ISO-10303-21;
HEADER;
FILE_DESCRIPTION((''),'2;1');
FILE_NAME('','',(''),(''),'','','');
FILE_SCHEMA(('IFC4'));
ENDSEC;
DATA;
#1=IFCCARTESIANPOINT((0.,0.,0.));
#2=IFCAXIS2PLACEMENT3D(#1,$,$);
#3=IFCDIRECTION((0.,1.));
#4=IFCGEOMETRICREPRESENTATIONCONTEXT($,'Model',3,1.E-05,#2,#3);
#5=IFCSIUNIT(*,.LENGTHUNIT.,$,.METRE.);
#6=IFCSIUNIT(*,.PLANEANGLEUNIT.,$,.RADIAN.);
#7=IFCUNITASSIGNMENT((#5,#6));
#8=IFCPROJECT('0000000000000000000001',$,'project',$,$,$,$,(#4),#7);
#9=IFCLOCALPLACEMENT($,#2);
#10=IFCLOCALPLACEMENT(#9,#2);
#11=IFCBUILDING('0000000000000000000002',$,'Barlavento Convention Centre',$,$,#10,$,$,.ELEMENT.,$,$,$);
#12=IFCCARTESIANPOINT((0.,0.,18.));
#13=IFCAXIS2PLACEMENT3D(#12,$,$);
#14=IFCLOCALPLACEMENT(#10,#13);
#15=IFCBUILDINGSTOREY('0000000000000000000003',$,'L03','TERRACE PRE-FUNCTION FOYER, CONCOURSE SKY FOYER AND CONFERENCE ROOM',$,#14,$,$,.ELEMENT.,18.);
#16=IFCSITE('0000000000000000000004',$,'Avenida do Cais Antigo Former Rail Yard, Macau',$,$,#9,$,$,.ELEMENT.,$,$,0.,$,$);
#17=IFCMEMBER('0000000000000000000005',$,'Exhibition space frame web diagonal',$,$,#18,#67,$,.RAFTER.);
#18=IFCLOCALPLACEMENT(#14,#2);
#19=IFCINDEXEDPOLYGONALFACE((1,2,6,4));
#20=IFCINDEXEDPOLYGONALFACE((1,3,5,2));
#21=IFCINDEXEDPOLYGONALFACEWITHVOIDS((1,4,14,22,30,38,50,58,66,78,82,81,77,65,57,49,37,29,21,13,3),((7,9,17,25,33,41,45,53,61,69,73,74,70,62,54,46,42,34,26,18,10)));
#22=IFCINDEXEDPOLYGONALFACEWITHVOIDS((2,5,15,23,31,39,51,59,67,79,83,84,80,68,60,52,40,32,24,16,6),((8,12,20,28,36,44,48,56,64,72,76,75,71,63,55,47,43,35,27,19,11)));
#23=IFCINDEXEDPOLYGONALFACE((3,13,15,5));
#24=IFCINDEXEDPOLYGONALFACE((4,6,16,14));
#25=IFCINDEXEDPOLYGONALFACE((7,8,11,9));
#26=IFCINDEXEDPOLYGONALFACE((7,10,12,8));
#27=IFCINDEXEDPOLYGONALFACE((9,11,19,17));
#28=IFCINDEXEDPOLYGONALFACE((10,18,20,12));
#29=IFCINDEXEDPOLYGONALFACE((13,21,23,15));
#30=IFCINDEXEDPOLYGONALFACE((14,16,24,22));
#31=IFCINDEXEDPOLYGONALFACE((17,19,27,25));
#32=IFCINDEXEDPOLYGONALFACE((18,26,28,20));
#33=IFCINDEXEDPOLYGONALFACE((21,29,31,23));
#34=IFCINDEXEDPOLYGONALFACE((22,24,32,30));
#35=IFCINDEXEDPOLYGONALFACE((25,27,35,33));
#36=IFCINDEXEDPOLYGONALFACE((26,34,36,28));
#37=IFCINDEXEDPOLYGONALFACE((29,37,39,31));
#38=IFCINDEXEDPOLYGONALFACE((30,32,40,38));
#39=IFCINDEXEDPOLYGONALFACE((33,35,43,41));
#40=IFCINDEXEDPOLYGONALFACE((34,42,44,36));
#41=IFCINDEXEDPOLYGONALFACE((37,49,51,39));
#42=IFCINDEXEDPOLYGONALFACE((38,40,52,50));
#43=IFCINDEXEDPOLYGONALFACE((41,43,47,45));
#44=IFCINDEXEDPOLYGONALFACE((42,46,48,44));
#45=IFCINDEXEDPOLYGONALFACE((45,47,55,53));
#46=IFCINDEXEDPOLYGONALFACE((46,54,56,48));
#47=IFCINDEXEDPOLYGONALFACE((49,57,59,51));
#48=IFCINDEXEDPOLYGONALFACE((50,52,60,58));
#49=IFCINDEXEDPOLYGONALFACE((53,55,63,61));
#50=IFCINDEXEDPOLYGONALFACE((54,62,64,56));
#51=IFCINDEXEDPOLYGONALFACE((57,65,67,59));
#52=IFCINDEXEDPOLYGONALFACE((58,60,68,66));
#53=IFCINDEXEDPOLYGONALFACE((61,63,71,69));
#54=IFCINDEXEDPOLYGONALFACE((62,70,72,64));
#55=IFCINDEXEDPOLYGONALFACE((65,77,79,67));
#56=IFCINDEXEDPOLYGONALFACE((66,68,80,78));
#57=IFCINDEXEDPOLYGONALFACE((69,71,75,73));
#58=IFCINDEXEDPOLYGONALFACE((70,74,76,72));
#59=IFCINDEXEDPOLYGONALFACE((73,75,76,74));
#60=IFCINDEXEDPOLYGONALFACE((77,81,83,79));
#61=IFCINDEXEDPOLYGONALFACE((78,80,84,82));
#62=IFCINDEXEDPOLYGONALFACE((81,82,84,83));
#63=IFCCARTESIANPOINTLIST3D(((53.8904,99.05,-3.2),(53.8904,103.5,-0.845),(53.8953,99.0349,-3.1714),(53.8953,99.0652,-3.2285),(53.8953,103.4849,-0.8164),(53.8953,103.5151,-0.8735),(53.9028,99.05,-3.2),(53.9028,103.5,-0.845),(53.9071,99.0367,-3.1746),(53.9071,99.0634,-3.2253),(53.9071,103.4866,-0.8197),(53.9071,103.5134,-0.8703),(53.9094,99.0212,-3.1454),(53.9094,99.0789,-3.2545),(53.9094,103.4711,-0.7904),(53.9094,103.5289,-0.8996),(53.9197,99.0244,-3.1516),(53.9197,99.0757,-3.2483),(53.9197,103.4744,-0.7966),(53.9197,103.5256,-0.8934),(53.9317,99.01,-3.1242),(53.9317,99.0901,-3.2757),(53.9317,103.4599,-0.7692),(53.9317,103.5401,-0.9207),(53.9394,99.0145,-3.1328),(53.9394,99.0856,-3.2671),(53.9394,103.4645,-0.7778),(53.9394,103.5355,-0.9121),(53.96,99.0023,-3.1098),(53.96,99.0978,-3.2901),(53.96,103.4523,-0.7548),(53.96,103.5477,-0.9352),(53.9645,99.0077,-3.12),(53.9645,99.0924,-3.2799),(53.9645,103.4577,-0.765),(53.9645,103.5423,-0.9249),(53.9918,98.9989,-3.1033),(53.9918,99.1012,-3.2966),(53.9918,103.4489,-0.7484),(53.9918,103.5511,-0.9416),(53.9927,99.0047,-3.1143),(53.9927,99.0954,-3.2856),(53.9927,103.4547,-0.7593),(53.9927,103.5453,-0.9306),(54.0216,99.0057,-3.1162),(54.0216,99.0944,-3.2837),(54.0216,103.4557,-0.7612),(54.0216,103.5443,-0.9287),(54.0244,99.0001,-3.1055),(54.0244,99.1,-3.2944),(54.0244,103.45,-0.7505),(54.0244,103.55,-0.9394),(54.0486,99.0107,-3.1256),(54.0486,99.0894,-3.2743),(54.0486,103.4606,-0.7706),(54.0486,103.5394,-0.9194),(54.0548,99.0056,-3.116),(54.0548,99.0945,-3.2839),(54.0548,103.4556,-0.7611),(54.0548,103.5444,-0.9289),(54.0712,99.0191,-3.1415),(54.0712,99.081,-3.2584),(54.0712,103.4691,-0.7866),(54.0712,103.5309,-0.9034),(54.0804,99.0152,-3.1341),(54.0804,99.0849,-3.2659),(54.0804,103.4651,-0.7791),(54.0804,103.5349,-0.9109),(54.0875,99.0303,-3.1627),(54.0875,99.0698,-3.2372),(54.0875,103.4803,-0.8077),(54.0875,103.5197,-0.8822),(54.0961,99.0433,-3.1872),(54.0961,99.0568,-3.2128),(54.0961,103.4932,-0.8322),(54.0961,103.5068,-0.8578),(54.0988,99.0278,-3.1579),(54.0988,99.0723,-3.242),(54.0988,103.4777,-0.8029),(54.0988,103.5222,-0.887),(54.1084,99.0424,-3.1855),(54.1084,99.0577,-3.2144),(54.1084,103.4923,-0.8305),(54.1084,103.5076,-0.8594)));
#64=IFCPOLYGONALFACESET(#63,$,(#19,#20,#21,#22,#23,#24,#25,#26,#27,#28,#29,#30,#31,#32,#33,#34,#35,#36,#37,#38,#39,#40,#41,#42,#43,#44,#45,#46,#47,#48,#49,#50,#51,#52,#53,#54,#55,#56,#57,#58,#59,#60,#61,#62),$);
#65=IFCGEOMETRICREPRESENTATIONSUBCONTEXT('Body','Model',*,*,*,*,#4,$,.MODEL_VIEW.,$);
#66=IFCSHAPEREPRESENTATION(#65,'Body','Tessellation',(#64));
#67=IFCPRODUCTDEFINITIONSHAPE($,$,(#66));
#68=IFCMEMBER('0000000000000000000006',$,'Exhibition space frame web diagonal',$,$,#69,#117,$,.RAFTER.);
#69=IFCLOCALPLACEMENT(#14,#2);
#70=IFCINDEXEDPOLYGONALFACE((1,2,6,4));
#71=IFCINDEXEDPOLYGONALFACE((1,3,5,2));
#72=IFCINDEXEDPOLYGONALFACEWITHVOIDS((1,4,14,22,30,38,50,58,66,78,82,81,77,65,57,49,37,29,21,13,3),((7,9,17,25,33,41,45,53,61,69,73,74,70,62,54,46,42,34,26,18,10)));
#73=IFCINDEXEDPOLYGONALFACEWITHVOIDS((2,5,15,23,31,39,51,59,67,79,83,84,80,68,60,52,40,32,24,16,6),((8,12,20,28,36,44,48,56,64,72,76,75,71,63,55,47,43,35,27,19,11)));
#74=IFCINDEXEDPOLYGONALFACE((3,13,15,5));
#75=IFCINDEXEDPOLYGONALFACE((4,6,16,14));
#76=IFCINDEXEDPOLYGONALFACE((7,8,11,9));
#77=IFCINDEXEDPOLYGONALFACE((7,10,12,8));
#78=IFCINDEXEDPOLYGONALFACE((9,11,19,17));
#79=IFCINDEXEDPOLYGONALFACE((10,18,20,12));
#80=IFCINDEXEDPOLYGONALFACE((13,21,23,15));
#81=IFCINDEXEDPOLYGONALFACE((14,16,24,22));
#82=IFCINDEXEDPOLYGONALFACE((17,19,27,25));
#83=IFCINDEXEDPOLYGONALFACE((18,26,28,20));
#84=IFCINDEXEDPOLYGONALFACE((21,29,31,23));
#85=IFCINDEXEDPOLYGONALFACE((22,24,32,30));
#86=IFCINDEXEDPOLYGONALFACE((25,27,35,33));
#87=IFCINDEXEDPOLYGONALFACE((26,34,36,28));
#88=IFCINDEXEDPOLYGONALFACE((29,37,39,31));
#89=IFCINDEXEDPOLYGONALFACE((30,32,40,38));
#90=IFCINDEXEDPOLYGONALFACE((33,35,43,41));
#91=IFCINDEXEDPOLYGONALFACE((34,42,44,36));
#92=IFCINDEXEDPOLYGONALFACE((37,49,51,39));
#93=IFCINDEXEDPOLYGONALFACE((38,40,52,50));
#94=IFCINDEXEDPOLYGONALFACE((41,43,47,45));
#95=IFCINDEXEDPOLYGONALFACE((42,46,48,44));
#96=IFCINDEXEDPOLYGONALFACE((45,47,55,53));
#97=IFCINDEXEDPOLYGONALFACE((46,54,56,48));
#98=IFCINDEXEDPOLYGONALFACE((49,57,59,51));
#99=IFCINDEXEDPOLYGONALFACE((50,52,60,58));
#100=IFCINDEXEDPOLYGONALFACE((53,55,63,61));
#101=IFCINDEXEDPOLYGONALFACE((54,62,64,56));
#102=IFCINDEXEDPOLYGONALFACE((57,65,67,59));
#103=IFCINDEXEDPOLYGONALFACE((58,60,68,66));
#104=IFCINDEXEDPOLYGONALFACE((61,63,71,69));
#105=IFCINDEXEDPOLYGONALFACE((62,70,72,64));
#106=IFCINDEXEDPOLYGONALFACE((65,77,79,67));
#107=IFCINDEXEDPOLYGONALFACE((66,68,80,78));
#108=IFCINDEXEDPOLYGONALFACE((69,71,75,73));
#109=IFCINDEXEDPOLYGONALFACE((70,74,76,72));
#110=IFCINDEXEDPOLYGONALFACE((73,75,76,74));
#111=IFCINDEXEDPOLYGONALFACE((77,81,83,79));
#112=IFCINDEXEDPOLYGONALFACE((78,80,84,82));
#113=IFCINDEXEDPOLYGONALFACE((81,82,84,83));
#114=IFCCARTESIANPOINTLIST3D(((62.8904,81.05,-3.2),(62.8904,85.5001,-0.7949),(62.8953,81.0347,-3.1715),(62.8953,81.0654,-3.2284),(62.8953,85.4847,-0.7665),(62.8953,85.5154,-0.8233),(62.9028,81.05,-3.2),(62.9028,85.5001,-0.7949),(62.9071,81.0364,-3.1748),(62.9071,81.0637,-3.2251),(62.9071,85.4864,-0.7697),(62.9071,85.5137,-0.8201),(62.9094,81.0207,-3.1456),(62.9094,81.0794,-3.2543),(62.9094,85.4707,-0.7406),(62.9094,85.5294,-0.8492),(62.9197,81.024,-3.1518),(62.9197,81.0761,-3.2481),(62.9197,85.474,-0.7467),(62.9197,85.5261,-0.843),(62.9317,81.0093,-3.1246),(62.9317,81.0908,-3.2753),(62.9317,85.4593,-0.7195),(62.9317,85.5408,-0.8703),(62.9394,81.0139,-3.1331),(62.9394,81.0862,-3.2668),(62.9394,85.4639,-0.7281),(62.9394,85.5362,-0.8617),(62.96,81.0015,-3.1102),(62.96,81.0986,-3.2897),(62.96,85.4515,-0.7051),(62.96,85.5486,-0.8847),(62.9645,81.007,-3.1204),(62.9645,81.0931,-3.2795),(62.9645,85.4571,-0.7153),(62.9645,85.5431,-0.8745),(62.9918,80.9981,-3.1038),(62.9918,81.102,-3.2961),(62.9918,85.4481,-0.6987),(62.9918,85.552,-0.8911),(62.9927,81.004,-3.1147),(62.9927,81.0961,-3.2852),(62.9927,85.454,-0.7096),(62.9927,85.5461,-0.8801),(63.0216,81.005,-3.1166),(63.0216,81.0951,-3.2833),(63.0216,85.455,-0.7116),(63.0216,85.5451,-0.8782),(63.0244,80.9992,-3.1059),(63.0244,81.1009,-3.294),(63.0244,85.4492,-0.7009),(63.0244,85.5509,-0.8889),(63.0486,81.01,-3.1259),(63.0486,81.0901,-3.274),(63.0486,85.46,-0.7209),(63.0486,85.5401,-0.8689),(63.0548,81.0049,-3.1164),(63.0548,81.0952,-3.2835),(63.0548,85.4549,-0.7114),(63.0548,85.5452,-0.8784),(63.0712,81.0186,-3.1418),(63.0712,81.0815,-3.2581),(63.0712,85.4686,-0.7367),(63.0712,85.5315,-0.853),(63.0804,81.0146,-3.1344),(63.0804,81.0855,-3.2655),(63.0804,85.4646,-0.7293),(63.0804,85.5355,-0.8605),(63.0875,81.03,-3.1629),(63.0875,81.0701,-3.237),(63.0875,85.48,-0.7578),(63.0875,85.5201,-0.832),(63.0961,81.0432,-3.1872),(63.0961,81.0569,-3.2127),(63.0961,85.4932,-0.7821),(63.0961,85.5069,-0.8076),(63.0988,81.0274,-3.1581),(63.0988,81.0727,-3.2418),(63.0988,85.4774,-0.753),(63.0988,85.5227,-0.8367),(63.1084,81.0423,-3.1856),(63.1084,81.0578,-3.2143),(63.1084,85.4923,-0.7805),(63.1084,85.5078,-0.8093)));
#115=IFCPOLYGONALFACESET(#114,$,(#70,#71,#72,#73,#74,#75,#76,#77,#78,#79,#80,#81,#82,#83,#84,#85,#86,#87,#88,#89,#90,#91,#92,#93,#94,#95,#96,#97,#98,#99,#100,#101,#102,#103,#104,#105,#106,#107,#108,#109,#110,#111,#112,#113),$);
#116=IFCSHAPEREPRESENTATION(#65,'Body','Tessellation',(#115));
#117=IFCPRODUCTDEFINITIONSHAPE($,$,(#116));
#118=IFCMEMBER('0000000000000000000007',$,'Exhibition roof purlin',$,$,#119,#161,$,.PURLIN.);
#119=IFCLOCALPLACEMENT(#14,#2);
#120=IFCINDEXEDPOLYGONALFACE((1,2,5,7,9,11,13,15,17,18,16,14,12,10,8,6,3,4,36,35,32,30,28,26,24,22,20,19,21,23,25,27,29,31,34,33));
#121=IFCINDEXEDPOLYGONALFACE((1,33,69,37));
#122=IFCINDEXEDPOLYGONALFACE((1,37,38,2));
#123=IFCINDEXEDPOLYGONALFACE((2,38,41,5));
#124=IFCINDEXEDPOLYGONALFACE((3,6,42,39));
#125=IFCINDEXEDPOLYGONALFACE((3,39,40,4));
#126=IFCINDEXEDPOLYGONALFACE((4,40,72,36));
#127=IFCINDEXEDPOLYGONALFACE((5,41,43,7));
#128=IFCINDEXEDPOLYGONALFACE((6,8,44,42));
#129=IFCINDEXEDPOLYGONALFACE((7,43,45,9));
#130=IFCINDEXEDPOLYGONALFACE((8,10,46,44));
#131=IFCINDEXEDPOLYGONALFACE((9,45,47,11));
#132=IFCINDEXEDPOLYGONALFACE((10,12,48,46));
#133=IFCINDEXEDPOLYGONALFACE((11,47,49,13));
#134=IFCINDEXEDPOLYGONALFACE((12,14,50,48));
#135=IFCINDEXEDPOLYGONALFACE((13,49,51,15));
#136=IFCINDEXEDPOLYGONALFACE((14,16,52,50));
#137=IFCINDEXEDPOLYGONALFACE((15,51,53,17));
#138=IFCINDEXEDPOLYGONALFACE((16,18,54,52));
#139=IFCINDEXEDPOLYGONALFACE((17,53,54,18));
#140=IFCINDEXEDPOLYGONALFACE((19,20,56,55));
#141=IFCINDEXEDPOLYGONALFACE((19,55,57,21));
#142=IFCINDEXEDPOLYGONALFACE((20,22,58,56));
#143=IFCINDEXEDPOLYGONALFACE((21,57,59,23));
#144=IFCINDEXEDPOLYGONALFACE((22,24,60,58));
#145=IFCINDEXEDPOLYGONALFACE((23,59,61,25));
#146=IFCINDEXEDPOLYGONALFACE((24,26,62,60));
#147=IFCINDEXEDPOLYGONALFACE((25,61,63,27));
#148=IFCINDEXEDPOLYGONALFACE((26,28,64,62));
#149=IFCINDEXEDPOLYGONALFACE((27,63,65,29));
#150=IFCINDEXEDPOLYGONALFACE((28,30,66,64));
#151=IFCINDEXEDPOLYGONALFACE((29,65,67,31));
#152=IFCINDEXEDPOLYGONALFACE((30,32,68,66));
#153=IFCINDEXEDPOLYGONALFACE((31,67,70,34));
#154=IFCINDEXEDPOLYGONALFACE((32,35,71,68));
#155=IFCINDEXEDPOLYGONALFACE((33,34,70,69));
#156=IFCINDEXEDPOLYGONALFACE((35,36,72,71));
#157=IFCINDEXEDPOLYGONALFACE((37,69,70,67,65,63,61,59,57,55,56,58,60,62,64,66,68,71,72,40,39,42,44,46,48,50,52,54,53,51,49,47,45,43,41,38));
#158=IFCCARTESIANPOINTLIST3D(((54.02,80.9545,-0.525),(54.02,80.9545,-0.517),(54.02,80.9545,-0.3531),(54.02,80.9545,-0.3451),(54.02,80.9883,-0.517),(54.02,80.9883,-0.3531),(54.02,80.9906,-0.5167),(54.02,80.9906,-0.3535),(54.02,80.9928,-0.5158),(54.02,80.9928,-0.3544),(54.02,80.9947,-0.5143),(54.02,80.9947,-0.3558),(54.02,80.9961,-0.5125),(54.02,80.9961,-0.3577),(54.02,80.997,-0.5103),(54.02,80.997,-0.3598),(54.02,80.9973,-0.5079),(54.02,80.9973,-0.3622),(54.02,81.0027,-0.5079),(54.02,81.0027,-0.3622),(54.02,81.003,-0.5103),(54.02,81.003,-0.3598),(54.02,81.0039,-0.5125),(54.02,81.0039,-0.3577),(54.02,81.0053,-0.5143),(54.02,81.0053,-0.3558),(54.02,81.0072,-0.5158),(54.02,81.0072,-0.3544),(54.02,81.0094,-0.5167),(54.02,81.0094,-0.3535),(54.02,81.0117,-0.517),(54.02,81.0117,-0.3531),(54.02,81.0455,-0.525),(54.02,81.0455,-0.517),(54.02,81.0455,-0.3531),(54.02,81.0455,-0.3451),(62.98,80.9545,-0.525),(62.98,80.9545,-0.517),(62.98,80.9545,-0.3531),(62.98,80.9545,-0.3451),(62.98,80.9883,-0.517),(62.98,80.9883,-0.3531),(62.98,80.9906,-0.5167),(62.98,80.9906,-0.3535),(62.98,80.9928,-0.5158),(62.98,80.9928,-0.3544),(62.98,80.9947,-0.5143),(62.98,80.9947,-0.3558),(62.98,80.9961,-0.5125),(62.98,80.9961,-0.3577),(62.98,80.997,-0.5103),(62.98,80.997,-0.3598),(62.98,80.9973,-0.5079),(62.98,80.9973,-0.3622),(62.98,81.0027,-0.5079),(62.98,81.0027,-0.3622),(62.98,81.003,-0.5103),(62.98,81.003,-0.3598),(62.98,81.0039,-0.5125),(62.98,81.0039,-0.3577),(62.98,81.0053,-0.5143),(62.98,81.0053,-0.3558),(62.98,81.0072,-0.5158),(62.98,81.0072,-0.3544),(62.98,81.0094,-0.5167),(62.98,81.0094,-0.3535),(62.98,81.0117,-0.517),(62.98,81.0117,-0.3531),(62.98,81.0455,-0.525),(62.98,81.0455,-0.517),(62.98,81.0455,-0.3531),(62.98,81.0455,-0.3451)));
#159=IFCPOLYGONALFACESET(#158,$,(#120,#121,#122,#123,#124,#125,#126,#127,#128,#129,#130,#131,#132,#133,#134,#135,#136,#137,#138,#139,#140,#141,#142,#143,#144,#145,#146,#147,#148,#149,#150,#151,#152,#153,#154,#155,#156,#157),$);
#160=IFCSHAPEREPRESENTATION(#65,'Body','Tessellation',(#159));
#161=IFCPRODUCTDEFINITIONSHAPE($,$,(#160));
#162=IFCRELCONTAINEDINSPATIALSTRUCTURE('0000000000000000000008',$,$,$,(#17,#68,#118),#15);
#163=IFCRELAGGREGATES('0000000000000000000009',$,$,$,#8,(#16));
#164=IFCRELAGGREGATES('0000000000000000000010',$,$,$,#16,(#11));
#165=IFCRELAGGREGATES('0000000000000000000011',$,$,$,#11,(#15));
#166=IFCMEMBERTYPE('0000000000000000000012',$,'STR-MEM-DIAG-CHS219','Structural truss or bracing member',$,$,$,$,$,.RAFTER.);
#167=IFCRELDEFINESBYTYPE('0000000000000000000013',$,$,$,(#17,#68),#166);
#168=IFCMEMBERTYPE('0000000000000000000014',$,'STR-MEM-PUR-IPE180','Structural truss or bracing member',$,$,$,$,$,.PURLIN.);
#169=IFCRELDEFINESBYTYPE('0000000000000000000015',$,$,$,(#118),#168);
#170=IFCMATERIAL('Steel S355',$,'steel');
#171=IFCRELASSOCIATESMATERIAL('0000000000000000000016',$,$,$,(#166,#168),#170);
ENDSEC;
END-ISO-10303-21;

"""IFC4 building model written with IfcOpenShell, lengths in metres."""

from ifc_helpers import new_model, si_unit, direction, frame, origin, origin_2d, place, context, subcontext, project, spatial, hollow_circle, i_section, extrude, material, material_profile, profile_set, type_object, element, save


model = new_model("IFC4")

# Units and contexts
model_context = context("Model", 3, precision=1e-05, world=origin(), true_north=direction((0.0, 1.0)))
body_context = subcontext(model_context, "Body", "Model", "MODEL_VIEW")
ifc_project = project(units=[si_unit("LENGTHUNIT", "METRE"), si_unit("PLANEANGLEUNIT", "RADIAN")], contexts=[model_context])

# Site, building, storey
site_placement = place(None, origin())
site = spatial("IfcSite", under=ifc_project, at=site_placement, Name="Avenida do Cais Antigo Former Rail Yard, Macau", CompositionType="ELEMENT", RefElevation=0.0)
building_placement = place(site_placement, origin())
building = spatial("IfcBuilding", under=site, at=building_placement, Name="Barlavento Convention Centre", CompositionType="ELEMENT")
storey_placement = place(building_placement, frame((0.0, 0.0, 18.0)))
storey = spatial("IfcBuildingStorey", under=building, at=storey_placement, Name="L03", Description="TERRACE PRE-FUNCTION FOYER, CONCOURSE SKY FOYER AND CONFERENCE ROOM", CompositionType="ELEMENT", Elevation=18.0)

# Members
ifc_material_1 = material(Name="Steel S355", Category="steel")
ifc_material_profile_1 = material_profile(ifc_material_1, hollow_circle(Radius=0.1096, WallThickness=0.0125, at=origin_2d()), Name="CHS 219.1x12.5")
ifc_profile_set_1 = profile_set([ifc_material_profile_1], Name="Steel S355")
member_type_1 = type_object("IfcMemberType", Name="STR-MEM-DIAG-CHS219", Description="Structural truss or bracing member", PredefinedType="RAFTER", material=ifc_profile_set_1)
for number, where, z_axis, x_axis, name in (
    (1, (54.0, 99.05, -3.2), (0.0, 0.88386, 0.467752), (-1.0, 0.0, 0.0), "Exhibition space frame web diagonal"),
):
    element("IfcMember", number, at=place(storey_placement, frame(where, z_axis=z_axis, x_axis=x_axis)), inside=storey, type_object=member_type_1, Name=name, PredefinedType="RAFTER", context=body_context, shape_type="SweptSolid", body=[
        extrude(hollow_circle(Radius=0.1096, WallThickness=0.0125, at=origin_2d()), origin(), (0.0, 0.0, 1.0), 5.0347),
    ])
member_1_placement = place(storey_placement, frame((63.0, 81.05, -3.2), z_axis=(0.0, 0.879735, 0.475464), x_axis=(-1.0, 0.0, 0.0)))
element("IfcMember", 2, at=member_1_placement, inside=storey, type_object=member_type_1, Name="Exhibition space frame web diagonal", PredefinedType="RAFTER", context=body_context, shape_type="SweptSolid", body=[
    extrude(hollow_circle(Radius=0.1096, WallThickness=0.0125, at=origin_2d()), origin(), (0.0, 0.0, 1.0), 5.0583),
])
ifc_material_profile_2 = material_profile(ifc_material_1, i_section(OverallWidth=0.0911, OverallDepth=0.1799, WebThickness=0.0054, FlangeThickness=0.0081, FilletRadius=0.009, at=origin_2d()), Name="IPE 180")
ifc_profile_set_2 = profile_set([ifc_material_profile_2], Name="Steel S355")
member_type_2 = type_object("IfcMemberType", Name="STR-MEM-PUR-IPE180", Description="Structural truss or bracing member", PredefinedType="PURLIN", material=ifc_profile_set_2)
for number, where, z_axis, x_axis, name in (
    (3, (54.02, 81.0, -0.4351), (1.0, 0.0, 0.0), (0.0, 1.0, 0.0), "Exhibition roof purlin"),
):
    element("IfcMember", number, at=place(storey_placement, frame(where, z_axis=z_axis, x_axis=x_axis)), inside=storey, type_object=member_type_2, Name=name, PredefinedType="PURLIN", context=body_context, shape_type="SweptSolid", body=[
        extrude(i_section(OverallWidth=0.0911, OverallDepth=0.1799, WebThickness=0.0054, FlangeThickness=0.0081, FilletRadius=0.009, at=origin_2d()), origin(), (0.0, 0.0, 1.0), 8.96),
    ])

save(model, "model.ifc")
